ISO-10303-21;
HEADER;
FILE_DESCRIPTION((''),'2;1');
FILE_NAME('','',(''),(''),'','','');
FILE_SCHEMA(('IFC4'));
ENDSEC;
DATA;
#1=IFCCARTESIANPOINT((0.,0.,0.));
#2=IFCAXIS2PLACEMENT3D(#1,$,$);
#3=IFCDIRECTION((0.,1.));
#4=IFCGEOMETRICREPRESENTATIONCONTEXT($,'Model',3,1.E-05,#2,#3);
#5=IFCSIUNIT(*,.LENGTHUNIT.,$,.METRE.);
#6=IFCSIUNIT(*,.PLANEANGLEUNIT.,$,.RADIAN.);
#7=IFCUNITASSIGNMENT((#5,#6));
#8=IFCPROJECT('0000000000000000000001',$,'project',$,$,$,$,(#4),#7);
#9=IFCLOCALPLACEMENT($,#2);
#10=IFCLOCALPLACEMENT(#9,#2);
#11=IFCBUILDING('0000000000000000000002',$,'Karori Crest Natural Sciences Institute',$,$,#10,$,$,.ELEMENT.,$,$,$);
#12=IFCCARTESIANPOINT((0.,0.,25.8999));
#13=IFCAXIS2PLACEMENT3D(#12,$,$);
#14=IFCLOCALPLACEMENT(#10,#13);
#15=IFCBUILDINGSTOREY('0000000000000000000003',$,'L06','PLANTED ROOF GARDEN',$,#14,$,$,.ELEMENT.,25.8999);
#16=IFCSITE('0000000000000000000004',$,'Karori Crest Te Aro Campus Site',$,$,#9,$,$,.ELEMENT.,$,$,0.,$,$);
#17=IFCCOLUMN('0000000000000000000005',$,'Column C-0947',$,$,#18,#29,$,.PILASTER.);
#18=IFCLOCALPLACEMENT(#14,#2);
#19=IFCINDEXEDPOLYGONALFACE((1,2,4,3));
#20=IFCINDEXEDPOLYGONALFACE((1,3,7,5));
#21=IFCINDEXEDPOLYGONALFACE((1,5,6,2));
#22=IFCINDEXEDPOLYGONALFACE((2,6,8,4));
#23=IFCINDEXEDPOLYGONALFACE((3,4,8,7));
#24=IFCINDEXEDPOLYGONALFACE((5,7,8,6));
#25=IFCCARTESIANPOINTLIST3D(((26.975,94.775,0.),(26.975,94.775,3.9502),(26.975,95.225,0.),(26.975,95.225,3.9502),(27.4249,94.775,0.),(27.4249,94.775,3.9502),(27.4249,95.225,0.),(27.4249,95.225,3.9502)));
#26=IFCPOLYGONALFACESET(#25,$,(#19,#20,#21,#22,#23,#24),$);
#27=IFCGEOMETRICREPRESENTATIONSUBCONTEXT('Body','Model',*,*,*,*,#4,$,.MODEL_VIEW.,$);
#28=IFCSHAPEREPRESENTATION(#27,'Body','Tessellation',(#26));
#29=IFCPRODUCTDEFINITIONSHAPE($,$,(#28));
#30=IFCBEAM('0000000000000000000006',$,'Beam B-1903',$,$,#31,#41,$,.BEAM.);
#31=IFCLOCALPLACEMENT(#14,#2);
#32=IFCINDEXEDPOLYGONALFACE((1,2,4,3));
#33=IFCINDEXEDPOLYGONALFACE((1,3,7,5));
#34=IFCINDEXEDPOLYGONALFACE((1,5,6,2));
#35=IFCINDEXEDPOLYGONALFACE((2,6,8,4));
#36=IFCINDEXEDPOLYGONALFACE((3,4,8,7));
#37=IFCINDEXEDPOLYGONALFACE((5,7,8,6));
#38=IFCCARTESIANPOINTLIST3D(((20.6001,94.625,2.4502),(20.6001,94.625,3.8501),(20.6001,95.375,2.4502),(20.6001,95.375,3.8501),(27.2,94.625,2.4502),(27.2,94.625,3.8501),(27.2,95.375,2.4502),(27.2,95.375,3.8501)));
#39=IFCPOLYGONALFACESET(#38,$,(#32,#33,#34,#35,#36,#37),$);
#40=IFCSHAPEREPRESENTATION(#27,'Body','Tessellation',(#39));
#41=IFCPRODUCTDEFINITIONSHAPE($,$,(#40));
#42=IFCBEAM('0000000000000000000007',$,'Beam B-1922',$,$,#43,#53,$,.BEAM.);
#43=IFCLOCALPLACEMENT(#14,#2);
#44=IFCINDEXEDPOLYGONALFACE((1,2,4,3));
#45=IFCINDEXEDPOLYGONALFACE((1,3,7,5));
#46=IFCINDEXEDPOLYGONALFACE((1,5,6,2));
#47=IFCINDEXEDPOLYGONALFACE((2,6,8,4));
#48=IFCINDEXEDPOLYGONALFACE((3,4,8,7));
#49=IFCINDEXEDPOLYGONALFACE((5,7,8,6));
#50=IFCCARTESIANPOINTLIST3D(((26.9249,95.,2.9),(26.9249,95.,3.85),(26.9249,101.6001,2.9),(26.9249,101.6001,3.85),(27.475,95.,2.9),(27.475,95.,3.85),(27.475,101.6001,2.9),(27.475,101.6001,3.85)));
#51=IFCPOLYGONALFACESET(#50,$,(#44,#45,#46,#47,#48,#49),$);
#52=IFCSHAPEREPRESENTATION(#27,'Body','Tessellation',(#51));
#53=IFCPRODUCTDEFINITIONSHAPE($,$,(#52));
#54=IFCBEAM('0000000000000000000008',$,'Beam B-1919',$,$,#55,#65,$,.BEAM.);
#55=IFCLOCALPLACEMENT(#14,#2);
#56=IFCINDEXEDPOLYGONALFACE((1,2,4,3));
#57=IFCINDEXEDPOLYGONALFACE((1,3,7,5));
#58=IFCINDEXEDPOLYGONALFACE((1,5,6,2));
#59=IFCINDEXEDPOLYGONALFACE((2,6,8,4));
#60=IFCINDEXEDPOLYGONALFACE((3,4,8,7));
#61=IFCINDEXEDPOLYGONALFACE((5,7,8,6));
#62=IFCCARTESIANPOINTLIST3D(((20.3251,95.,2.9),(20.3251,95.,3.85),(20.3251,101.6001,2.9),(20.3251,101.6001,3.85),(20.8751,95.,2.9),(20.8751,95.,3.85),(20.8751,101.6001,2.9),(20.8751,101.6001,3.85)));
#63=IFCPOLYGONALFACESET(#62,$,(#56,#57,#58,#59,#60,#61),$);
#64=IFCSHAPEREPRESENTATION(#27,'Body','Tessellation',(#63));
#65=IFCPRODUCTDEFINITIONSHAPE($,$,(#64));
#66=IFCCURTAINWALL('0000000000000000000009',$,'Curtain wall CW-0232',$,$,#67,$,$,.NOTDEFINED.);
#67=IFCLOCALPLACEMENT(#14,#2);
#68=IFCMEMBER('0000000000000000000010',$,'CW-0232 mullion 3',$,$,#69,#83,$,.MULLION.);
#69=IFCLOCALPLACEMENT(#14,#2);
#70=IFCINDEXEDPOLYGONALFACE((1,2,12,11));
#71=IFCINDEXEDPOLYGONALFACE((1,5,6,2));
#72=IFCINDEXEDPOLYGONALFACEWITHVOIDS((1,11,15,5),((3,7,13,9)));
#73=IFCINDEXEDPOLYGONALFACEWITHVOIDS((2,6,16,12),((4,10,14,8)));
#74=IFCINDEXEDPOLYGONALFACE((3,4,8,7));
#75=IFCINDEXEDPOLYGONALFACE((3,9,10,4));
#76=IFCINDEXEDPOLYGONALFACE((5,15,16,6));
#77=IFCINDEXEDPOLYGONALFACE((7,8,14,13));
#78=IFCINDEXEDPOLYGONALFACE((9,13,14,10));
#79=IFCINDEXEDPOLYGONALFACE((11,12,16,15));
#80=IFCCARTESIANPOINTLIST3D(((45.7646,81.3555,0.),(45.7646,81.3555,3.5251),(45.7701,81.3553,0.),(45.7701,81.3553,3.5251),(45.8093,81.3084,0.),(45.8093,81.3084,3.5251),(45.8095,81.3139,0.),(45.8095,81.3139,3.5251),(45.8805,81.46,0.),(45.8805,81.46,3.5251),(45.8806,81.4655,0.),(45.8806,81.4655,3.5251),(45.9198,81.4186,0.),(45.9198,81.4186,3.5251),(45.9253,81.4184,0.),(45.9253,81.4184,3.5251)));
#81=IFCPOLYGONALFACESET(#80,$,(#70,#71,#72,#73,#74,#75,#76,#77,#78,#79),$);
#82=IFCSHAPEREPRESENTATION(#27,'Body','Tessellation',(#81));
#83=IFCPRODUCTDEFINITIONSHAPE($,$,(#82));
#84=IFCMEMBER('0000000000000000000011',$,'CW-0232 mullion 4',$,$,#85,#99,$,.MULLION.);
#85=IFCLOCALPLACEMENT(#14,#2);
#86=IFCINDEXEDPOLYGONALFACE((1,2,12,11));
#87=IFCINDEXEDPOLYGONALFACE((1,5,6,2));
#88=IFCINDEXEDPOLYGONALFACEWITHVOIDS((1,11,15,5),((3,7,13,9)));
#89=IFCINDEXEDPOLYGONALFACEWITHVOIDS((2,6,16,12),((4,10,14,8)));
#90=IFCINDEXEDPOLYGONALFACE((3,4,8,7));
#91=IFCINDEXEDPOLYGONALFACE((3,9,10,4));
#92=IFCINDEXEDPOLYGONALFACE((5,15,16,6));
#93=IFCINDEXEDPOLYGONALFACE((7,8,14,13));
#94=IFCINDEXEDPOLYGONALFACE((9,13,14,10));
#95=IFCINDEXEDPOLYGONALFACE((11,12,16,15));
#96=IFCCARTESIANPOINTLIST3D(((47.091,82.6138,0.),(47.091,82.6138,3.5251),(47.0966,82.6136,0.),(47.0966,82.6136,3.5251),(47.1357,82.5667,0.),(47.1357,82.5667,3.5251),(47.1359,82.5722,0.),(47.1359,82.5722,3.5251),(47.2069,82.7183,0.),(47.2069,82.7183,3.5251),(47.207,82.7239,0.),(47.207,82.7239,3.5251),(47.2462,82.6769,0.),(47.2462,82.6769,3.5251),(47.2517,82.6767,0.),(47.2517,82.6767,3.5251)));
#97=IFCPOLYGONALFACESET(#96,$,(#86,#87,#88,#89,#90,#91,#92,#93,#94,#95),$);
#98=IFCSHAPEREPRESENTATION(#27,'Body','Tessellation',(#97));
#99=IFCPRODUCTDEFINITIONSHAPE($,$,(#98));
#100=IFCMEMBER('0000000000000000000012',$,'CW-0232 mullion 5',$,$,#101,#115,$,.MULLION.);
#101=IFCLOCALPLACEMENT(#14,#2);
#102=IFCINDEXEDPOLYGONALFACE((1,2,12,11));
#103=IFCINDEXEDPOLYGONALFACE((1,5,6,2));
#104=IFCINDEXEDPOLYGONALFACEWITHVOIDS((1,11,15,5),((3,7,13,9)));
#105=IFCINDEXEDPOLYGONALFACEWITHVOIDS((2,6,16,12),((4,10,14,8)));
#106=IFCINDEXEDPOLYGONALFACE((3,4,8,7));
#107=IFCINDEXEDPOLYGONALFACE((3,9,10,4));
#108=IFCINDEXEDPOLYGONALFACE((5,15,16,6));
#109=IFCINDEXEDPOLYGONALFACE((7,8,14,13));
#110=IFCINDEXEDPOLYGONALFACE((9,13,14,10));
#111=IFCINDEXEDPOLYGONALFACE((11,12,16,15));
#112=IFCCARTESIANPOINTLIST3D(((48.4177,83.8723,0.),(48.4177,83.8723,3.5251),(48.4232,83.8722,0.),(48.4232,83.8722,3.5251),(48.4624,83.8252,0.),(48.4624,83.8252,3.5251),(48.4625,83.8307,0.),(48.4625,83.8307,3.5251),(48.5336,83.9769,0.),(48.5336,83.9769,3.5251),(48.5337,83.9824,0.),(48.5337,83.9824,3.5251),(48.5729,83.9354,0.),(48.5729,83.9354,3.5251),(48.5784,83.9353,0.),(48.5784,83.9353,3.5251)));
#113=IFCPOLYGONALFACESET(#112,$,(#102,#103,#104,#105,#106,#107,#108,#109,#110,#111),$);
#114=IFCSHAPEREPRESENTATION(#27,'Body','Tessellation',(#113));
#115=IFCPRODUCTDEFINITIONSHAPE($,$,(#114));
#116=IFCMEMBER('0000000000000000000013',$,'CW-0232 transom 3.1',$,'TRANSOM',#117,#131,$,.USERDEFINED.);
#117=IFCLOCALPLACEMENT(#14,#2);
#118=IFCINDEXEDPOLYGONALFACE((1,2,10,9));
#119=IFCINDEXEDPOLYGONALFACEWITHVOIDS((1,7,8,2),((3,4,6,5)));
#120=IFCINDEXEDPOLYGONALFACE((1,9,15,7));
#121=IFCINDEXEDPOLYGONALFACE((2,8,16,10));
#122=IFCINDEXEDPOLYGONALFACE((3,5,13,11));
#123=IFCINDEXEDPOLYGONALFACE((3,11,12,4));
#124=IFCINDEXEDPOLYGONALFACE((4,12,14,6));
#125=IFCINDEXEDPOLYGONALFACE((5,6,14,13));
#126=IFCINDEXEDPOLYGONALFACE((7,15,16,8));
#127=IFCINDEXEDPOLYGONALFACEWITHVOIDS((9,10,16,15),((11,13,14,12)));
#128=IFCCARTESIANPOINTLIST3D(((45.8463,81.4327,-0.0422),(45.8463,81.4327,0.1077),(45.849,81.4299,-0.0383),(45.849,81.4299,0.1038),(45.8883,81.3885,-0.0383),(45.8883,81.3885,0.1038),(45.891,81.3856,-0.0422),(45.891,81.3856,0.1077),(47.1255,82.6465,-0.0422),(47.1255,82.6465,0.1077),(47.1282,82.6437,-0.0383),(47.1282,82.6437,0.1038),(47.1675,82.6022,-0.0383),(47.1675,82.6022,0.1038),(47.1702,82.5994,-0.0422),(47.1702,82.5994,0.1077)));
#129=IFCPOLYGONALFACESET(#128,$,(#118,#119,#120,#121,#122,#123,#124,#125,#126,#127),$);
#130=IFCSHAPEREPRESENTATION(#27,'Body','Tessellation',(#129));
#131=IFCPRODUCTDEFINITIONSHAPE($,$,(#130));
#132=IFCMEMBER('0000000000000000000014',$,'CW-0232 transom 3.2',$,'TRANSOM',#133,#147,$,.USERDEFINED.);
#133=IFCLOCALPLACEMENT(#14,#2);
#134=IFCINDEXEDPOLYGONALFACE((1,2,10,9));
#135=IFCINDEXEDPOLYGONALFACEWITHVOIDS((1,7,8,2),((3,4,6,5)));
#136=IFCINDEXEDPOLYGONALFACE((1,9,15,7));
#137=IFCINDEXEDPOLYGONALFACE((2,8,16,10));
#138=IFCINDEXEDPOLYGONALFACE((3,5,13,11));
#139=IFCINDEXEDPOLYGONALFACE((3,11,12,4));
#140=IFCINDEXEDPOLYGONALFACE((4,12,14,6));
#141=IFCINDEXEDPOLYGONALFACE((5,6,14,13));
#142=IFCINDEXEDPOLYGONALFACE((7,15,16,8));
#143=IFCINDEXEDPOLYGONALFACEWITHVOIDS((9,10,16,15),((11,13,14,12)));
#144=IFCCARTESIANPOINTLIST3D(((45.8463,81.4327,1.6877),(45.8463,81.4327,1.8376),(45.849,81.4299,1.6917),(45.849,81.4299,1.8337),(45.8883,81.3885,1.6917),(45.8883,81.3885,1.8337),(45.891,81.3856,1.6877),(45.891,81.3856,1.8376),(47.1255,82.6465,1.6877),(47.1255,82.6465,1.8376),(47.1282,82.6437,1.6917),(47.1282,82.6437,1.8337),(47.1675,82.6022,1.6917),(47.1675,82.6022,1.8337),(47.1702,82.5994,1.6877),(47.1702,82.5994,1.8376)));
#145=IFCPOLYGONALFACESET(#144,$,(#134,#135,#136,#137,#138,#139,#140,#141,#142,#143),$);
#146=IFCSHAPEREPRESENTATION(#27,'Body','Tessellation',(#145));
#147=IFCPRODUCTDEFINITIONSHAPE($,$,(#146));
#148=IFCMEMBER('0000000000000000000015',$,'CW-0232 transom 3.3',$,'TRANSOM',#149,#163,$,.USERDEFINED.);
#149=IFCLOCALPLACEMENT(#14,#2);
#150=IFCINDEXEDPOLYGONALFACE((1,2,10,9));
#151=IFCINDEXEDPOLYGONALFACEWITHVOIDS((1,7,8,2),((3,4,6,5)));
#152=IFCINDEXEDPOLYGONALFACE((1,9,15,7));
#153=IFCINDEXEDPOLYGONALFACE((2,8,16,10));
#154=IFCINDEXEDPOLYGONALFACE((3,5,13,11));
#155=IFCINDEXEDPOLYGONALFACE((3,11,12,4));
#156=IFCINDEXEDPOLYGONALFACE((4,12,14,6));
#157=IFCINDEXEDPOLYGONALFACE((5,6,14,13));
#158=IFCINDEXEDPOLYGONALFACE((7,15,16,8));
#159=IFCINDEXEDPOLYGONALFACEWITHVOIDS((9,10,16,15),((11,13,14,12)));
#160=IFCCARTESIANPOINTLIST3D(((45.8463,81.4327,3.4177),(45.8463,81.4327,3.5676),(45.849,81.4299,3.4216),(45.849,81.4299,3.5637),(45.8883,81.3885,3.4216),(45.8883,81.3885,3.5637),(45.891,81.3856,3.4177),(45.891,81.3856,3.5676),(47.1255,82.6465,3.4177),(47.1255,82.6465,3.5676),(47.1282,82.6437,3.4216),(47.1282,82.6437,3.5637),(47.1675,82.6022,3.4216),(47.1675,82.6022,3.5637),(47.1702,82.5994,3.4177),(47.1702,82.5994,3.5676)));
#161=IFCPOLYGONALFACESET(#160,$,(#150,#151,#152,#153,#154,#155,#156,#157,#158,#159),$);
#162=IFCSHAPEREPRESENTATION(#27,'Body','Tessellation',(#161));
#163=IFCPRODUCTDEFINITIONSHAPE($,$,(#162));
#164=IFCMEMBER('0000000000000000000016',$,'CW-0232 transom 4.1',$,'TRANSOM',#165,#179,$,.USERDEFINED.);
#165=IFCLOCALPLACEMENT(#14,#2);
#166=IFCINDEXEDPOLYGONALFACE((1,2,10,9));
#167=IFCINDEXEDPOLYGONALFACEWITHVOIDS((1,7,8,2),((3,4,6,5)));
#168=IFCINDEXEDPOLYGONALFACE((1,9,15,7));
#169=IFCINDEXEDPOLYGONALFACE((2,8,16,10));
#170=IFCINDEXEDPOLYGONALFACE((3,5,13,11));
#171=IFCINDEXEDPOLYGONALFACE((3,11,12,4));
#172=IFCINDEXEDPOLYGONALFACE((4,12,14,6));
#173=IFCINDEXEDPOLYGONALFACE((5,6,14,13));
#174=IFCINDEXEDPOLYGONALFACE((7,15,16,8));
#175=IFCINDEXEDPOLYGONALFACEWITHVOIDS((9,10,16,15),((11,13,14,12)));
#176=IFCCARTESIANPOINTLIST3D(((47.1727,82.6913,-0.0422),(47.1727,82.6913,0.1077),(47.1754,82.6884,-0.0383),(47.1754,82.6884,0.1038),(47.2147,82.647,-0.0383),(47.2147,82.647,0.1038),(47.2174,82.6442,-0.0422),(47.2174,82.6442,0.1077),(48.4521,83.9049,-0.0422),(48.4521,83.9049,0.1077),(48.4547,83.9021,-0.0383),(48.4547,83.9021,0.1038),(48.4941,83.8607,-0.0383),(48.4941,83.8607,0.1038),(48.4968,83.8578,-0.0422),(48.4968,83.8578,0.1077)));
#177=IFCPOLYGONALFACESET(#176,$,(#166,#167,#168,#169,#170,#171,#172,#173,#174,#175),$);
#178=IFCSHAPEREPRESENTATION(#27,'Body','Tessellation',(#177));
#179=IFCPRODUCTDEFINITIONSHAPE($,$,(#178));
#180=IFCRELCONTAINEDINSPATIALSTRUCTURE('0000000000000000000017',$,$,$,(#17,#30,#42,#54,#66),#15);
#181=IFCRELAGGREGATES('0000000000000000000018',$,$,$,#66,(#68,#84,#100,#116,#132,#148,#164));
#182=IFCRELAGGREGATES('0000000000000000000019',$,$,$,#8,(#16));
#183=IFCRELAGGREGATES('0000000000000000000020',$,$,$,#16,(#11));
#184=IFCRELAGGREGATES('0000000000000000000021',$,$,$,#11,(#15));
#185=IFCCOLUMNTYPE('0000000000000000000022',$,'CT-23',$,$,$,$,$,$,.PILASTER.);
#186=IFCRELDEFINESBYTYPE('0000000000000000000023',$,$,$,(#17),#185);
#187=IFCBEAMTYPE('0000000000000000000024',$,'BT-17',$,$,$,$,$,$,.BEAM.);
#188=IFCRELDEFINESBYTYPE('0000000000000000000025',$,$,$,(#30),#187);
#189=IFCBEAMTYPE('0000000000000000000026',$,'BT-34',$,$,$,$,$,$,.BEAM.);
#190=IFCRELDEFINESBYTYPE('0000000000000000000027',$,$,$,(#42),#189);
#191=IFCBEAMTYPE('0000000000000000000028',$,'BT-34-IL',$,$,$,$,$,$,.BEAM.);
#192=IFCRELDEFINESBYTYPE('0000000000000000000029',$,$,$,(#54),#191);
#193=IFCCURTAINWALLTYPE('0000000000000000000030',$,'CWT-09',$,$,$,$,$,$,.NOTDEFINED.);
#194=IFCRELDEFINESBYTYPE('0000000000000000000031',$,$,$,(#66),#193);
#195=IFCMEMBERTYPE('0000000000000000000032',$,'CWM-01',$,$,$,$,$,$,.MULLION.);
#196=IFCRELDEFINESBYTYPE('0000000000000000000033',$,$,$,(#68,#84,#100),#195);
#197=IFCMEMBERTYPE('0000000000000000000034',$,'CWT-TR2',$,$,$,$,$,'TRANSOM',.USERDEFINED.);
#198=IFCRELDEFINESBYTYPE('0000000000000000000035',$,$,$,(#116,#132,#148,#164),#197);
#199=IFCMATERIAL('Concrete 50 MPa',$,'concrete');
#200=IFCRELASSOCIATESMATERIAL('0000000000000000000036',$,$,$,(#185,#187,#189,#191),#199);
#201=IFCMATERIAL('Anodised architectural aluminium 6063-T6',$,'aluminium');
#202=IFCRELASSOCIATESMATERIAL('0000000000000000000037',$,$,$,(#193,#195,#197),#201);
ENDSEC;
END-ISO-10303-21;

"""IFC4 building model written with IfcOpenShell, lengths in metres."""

from ifc_helpers import new_model, si_unit, direction, frame, origin, origin_2d, place, context, subcontext, project, spatial, rectangle, hollow_rectangle, extrude, material, material_profile, profile_set, type_object, element, aggregate, save


model = new_model("IFC4")

# Units and contexts
model_context = context("Model", 3, precision=1e-05, world=origin(), true_north=direction((0.0, 1.0)))
body_context = subcontext(model_context, "Body", "Model", "MODEL_VIEW")
ifc_project = project(units=[si_unit("LENGTHUNIT", "METRE"), si_unit("PLANEANGLEUNIT", "RADIAN")], contexts=[model_context])

# Site, building, storey
site_placement = place(None, origin())
site = spatial("IfcSite", under=ifc_project, at=site_placement, Name="Karori Crest Te Aro Campus Site", CompositionType="ELEMENT", RefElevation=0.0)
building_placement = place(site_placement, origin())
building = spatial("IfcBuilding", under=site, at=building_placement, Name="Karori Crest Natural Sciences Institute", CompositionType="ELEMENT")
storey_placement = place(building_placement, frame((0.0, 0.0, 25.8999)))
storey = spatial("IfcBuildingStorey", under=building, at=storey_placement, Name="L06", Description="PLANTED ROOF GARDEN", CompositionType="ELEMENT", Elevation=25.8999)

# Column
ifc_material_1 = material(Name="Concrete 50 MPa", Category="concrete")
ifc_material_profile_1 = material_profile(ifc_material_1, rectangle(XDim=0.45, YDim=0.45, at=origin_2d()), Name="RC450x450")
ifc_profile_set_1 = profile_set([ifc_material_profile_1], Name="Concrete 50 MPa")
column_type = type_object("IfcColumnType", Name="CT-23", PredefinedType="PILASTER", material=ifc_profile_set_1)
column_placement = place(storey_placement, frame((27.2, 95.0, 0.0), z_axis=(0.0, 0.0, 1.0), x_axis=(1.0, 0.0, 0.0)))
element("IfcColumn", 1, at=column_placement, inside=storey, type_object=column_type, Name="Column C-0947", PredefinedType="PILASTER", context=body_context, shape_type="SweptSolid", body=[
    extrude(rectangle(XDim=0.45, YDim=0.45, at=origin_2d()), origin(), (0.0, 0.0, 1.0), 3.9502),
])

# Beams
ifc_material_profile_2 = material_profile(ifc_material_1, rectangle(XDim=0.75, YDim=1.3999, at=origin_2d()), Name="RCB750x1400")
ifc_profile_set_2 = profile_set([ifc_material_profile_2], Name="Concrete 50 MPa")
beam_type_1 = type_object("IfcBeamType", Name="BT-17", PredefinedType="BEAM", material=ifc_profile_set_2)
beam_1_placement = place(storey_placement, frame((20.6001, 95.0, 3.1501), z_axis=(1.0, 0.0, 0.0), x_axis=(0.0, 1.0, 0.0)))
element("IfcBeam", 2, at=beam_1_placement, inside=storey, type_object=beam_type_1, Name="Beam B-1903", PredefinedType="BEAM", context=body_context, shape_type="SweptSolid", body=[
    extrude(rectangle(XDim=0.75, YDim=1.3999, at=origin_2d()), origin(), (0.0, 0.0, 1.0), 6.5999),
])
ifc_material_profile_3 = material_profile(ifc_material_1, rectangle(XDim=0.55, YDim=0.95, at=origin_2d()), Name="RCB550x950")
ifc_profile_set_3 = profile_set([ifc_material_profile_3], Name="Concrete 50 MPa")
beam_type_2 = type_object("IfcBeamType", Name="BT-34", PredefinedType="BEAM", material=ifc_profile_set_3)
beam_2_placement = place(storey_placement, frame((27.2, 95.0, 3.375), z_axis=(0.0, 1.0, 0.0), x_axis=(-1.0, 0.0, 0.0)))
element("IfcBeam", 3, at=beam_2_placement, inside=storey, type_object=beam_type_2, Name="Beam B-1922", PredefinedType="BEAM", context=body_context, shape_type="SweptSolid", body=[
    extrude(rectangle(XDim=0.55, YDim=0.95, at=origin_2d()), origin(), (0.0, 0.0, 1.0), 6.6001),
])
ifc_material_profile_4 = material_profile(ifc_material_1, rectangle(XDim=0.55, YDim=0.95, at=origin_2d()), Name="RCB550x950")
ifc_profile_set_4 = profile_set([ifc_material_profile_4], Name="Concrete 50 MPa")
beam_type_3 = type_object("IfcBeamType", Name="BT-34-IL", PredefinedType="BEAM", material=ifc_profile_set_4)
beam_3_placement = place(storey_placement, frame((20.6001, 95.0, 3.375), z_axis=(0.0, 1.0, 0.0), x_axis=(-1.0, 0.0, 0.0)))
element("IfcBeam", 4, at=beam_3_placement, inside=storey, type_object=beam_type_3, Name="Beam B-1919", PredefinedType="BEAM", context=body_context, shape_type="SweptSolid", body=[
    extrude(rectangle(XDim=0.55, YDim=0.95, at=origin_2d()), origin(), (0.0, 0.0, 1.0), 6.6001),
])

# Curtain wall, members
ifc_material_2 = material(Name="Anodised architectural aluminium 6063-T6", Category="aluminium")
curtain_wall_type = type_object("IfcCurtainWallType", Name="CWT-09", PredefinedType="NOTDEFINED", material=ifc_material_2)
curtain_wall_placement = place(storey_placement, origin())
curtain_wall = element("IfcCurtainWall", 5, at=curtain_wall_placement, inside=storey, type_object=curtain_wall_type, Name="Curtain wall CW-0232", PredefinedType="NOTDEFINED")
ifc_material_profile_5 = material_profile(ifc_material_2, hollow_rectangle(XDim=0.0649, YDim=0.1599, WallThickness=0.0039, at=origin_2d()), Name="CWM160x65x4")
ifc_profile_set_5 = profile_set([ifc_material_profile_5], Name="Anodised architectural aluminium 6063-T6")
member_type_1 = type_object("IfcMemberType", Name="CWM-01", PredefinedType="MULLION", material=ifc_profile_set_5)
member_1_placement = place(storey_placement, frame((45.845, 81.387, 0.0), z_axis=(0.0, 0.0, 1.0), x_axis=(-0.688251, 0.725473, 0.0)))
member_1 = element("IfcMember", 6, at=member_1_placement, type_object=member_type_1, Name="CW-0232 mullion 3", PredefinedType="MULLION", context=body_context, shape_type="SweptSolid", body=[
    extrude(hollow_rectangle(XDim=0.0649, YDim=0.1599, WallThickness=0.0039, at=origin_2d()), origin(), (0.0, 0.0, 1.0), 3.5251),
])
member_2_placement = place(storey_placement, frame((47.1714, 82.6453, 0.0), z_axis=(0.0, 0.0, 1.0), x_axis=(-0.688251, 0.725473, 0.0)))
member_2 = element("IfcMember", 7, at=member_2_placement, type_object=member_type_1, Name="CW-0232 mullion 4", PredefinedType="MULLION", context=body_context, shape_type="SweptSolid", body=[
    extrude(hollow_rectangle(XDim=0.0649, YDim=0.1599, WallThickness=0.0039, at=origin_2d()), origin(), (0.0, 0.0, 1.0), 3.5251),
])
member_3_placement = place(storey_placement, frame((48.498, 83.9038, 0.0), z_axis=(0.0, 0.0, 1.0), x_axis=(-0.688251, 0.725473, 0.0)))
member_3 = element("IfcMember", 8, at=member_3_placement, type_object=member_type_1, Name="CW-0232 mullion 5", PredefinedType="MULLION", context=body_context, shape_type="SweptSolid", body=[
    extrude(hollow_rectangle(XDim=0.0649, YDim=0.1599, WallThickness=0.0039, at=origin_2d()), origin(), (0.0, 0.0, 1.0), 3.5251),
])
ifc_material_profile_6 = material_profile(ifc_material_2, hollow_rectangle(XDim=0.0649, YDim=0.1499, WallThickness=0.0039, at=origin_2d()), Name="CWT150x65x4")
ifc_profile_set_6 = profile_set([ifc_material_profile_6], Name="Anodised architectural aluminium 6063-T6")
member_type_2 = type_object("IfcMemberType", Name="CWT-TR2", ElementType="TRANSOM", PredefinedType="USERDEFINED", material=ifc_profile_set_6)
member_4_placement = place(storey_placement, frame((45.8687, 81.4092, 0.0327), z_axis=(0.725414, 0.688313, 0.0), x_axis=(-0.688313, 0.725414, 0.0)))
member_4 = element("IfcMember", 9, at=member_4_placement, type_object=member_type_2, Name="CW-0232 transom 3.1", ObjectType="TRANSOM", PredefinedType="USERDEFINED", context=body_context, shape_type="SweptSolid", body=[
    extrude(hollow_rectangle(XDim=0.0649, YDim=0.1499, WallThickness=0.0039, at=origin_2d()), origin(), (0.0, 0.0, 1.0), 1.7634),
])
member_5_placement = place(storey_placement, frame((45.8687, 81.4092, 1.7627), z_axis=(0.725414, 0.688313, 0.0), x_axis=(-0.688313, 0.725414, 0.0)))
member_5 = element("IfcMember", 10, at=member_5_placement, type_object=member_type_2, Name="CW-0232 transom 3.2", ObjectType="TRANSOM", PredefinedType="USERDEFINED", context=body_context, shape_type="SweptSolid", body=[
    extrude(hollow_rectangle(XDim=0.0649, YDim=0.1499, WallThickness=0.0039, at=origin_2d()), origin(), (0.0, 0.0, 1.0), 1.7634),
])
member_6_placement = place(storey_placement, frame((45.8687, 81.4092, 3.4927), z_axis=(0.725414, 0.688313, 0.0), x_axis=(-0.688313, 0.725414, 0.0)))
member_6 = element("IfcMember", 11, at=member_6_placement, type_object=member_type_2, Name="CW-0232 transom 3.3", ObjectType="TRANSOM", PredefinedType="USERDEFINED", context=body_context, shape_type="SweptSolid", body=[
    extrude(hollow_rectangle(XDim=0.0649, YDim=0.1499, WallThickness=0.0039, at=origin_2d()), origin(), (0.0, 0.0, 1.0), 1.7634),
])
member_7_placement = place(storey_placement, frame((47.1951, 82.6677, 0.0327), z_axis=(0.725483, 0.68824, 0.0), x_axis=(-0.68824, 0.725483, 0.0)))
member_7 = element("IfcMember", 12, at=member_7_placement, type_object=member_type_2, Name="CW-0232 transom 4.1", ObjectType="TRANSOM", PredefinedType="USERDEFINED", context=body_context, shape_type="SweptSolid", body=[
    extrude(hollow_rectangle(XDim=0.0649, YDim=0.1499, WallThickness=0.0039, at=origin_2d()), origin(), (0.0, 0.0, 1.0), 1.7634),
])
aggregate(curtain_wall, [member_1, member_2, member_3, member_4, member_5, member_6, member_7])

save(model, "model.ifc")
